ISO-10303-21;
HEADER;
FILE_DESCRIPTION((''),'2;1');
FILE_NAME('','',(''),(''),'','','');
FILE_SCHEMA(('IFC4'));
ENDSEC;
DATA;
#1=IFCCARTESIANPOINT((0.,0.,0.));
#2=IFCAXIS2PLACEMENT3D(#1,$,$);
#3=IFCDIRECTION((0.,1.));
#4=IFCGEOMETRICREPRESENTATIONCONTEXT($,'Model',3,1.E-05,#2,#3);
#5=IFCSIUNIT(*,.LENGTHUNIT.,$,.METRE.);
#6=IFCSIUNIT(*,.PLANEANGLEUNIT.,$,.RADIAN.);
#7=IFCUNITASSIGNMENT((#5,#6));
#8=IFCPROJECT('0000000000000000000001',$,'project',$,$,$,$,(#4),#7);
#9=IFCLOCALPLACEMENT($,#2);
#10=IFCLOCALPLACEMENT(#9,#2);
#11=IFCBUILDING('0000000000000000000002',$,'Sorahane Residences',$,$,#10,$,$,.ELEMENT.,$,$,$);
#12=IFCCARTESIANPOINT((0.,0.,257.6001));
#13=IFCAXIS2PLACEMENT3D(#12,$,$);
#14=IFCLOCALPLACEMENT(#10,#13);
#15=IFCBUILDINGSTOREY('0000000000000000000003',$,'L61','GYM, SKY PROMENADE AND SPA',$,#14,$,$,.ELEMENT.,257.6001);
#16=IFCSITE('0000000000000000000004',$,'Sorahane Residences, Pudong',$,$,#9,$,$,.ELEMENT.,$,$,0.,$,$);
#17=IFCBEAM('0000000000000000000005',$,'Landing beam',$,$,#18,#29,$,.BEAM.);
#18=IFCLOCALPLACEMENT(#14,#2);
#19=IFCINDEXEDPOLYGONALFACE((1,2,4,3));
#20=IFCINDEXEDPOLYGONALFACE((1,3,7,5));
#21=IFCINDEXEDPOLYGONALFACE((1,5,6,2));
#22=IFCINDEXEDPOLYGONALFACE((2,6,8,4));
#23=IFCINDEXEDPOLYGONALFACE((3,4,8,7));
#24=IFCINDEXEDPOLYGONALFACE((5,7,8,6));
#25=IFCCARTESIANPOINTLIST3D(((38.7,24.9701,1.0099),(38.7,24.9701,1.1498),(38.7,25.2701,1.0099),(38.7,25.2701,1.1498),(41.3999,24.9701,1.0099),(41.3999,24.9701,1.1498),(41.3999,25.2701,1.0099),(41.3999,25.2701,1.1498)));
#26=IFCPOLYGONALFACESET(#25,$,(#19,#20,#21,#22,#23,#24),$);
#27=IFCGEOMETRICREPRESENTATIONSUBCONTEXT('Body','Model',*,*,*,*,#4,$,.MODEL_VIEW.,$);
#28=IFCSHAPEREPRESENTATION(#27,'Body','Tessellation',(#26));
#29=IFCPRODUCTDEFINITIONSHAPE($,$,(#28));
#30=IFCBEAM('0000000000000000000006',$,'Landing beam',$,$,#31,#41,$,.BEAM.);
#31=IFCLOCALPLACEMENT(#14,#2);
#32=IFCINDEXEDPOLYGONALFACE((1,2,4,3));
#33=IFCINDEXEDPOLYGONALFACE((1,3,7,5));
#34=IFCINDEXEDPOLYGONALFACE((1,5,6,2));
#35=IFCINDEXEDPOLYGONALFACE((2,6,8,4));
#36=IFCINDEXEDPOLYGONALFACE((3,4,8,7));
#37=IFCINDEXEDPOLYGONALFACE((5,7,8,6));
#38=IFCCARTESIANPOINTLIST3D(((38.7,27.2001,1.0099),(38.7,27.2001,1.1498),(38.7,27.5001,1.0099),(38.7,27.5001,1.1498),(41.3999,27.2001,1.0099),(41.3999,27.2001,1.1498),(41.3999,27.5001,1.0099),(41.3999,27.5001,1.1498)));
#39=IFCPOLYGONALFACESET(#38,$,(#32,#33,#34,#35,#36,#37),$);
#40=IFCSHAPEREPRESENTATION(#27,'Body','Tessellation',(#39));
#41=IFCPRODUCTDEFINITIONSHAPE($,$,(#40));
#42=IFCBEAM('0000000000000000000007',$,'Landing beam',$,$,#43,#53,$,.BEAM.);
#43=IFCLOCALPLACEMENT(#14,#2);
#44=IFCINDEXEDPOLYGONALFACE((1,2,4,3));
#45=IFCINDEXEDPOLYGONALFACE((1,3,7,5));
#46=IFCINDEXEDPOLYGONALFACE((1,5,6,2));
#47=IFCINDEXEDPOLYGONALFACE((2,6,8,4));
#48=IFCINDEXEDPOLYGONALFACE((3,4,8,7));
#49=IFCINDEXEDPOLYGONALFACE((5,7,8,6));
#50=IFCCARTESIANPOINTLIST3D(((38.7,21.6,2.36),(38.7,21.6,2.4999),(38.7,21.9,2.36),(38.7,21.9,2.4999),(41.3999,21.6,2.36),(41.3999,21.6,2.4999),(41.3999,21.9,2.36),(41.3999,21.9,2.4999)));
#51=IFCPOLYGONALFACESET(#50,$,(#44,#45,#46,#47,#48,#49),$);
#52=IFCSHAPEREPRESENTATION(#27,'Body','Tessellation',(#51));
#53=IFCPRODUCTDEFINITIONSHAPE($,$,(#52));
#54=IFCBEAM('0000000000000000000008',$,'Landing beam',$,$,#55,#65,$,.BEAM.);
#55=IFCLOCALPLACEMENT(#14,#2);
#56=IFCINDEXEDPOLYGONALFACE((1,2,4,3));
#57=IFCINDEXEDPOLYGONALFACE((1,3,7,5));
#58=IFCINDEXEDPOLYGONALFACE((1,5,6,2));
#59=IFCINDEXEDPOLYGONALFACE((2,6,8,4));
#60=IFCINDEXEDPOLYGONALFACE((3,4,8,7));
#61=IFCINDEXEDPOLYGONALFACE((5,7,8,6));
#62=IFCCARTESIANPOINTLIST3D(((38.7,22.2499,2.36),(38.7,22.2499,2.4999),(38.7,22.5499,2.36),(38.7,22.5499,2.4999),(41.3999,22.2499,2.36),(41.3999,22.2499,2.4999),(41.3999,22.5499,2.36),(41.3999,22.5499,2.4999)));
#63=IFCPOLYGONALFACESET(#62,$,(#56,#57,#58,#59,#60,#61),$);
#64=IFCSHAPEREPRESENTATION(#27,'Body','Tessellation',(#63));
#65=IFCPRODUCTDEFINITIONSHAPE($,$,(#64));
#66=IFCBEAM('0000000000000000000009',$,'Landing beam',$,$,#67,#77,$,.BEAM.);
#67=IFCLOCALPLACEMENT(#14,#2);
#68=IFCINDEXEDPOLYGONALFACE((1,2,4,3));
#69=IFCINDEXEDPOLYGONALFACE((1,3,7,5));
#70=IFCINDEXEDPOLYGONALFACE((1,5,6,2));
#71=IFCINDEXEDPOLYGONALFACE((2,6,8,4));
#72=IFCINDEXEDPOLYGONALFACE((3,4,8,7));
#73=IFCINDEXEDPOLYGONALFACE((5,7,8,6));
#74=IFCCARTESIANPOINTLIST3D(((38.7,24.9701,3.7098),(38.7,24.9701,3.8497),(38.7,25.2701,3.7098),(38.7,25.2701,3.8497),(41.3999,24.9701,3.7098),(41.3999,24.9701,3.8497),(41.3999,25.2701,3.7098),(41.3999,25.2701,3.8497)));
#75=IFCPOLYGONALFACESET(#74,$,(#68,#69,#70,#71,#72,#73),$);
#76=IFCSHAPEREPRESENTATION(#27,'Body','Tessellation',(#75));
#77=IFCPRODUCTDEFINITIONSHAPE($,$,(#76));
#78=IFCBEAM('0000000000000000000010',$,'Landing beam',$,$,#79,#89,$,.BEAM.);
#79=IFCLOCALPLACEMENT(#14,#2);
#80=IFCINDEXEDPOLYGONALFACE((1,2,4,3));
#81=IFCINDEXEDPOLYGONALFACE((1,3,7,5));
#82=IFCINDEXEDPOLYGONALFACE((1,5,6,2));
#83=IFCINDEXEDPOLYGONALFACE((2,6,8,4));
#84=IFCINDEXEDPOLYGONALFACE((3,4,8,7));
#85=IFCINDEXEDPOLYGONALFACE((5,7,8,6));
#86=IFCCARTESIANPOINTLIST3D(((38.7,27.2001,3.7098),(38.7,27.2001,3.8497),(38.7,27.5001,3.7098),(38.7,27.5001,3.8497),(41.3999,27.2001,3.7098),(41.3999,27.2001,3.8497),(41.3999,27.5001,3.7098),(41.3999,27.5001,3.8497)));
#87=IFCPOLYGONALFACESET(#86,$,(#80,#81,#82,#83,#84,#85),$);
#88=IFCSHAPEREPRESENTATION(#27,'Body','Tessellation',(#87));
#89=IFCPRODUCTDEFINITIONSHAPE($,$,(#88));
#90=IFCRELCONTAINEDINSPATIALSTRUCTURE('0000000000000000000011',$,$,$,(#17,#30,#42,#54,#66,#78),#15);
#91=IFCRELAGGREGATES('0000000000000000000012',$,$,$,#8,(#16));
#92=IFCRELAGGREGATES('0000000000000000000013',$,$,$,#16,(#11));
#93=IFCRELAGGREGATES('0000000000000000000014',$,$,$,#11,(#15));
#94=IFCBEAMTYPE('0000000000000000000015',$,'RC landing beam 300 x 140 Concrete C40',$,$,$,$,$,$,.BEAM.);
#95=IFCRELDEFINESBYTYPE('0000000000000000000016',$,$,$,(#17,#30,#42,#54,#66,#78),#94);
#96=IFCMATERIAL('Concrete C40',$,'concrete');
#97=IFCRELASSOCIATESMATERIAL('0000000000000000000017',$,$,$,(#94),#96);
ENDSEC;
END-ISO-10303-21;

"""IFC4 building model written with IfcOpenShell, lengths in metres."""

from ifc_helpers import new_model, si_unit, direction, frame, origin, origin_2d, place, context, subcontext, project, spatial, rectangle, extrude, material, material_profile, profile_set, type_object, element, save


model = new_model("IFC4")

# Units and contexts
model_context = context("Model", 3, precision=1e-05, world=origin(), true_north=direction((0.0, 1.0)))
body_context = subcontext(model_context, "Body", "Model", "MODEL_VIEW")
ifc_project = project(units=[si_unit("LENGTHUNIT", "METRE"), si_unit("PLANEANGLEUNIT", "RADIAN")], contexts=[model_context])

# Site, building, storey
site_placement = place(None, origin())
site = spatial("IfcSite", under=ifc_project, at=site_placement, Name="Sorahane Residences, Pudong", CompositionType="ELEMENT", RefElevation=0.0)
building_placement = place(site_placement, origin())
building = spatial("IfcBuilding", under=site, at=building_placement, Name="Sorahane Residences", CompositionType="ELEMENT")
storey_placement = place(building_placement, frame((0.0, 0.0, 257.6001)))
storey = spatial("IfcBuildingStorey", under=building, at=storey_placement, Name="L61", Description="GYM, SKY PROMENADE AND SPA", CompositionType="ELEMENT", Elevation=257.6001)

# Beams
ifc_material_1 = material(Name="Concrete C40", Category="concrete")
ifc_material_profile = material_profile(ifc_material_1, rectangle(XDim=0.3, YDim=0.1399, at=origin_2d()), Name="300x140")
ifc_profile_set = profile_set([ifc_material_profile], Name="Concrete C40")
beam_type = type_object("IfcBeamType", Name="RC landing beam 300 x 140 Concrete C40", PredefinedType="BEAM", material=ifc_profile_set)
for number, where, z_axis, x_axis, name in (
    (1, (38.7, 25.1201, 1.0798), (1.0, 0.0, 0.0), (0.0, 1.0, 0.0), "Landing beam"),
    (2, (38.7, 27.3501, 1.0798), (1.0, 0.0, 0.0), (0.0, 1.0, 0.0), "Landing beam"),
    (3, (38.7, 21.75, 2.4299), (1.0, 0.0, 0.0), (0.0, 1.0, 0.0), "Landing beam"),
    (4, (38.7, 22.3999, 2.4299), (1.0, 0.0, 0.0), (0.0, 1.0, 0.0), "Landing beam"),
    (5, (38.7, 25.1201, 3.7798), (1.0, 0.0, 0.0), (0.0, 1.0, 0.0), "Landing beam"),
    (6, (38.7, 27.3501, 3.7798), (1.0, 0.0, 0.0), (0.0, 1.0, 0.0), "Landing beam"),
):
    element("IfcBeam", number, at=place(storey_placement, frame(where, z_axis=z_axis, x_axis=x_axis)), inside=storey, type_object=beam_type, Name=name, PredefinedType="BEAM", context=body_context, shape_type="SweptSolid", body=[
        extrude(rectangle(XDim=0.3, YDim=0.1399, at=origin_2d()), origin(), (0.0, 0.0, 1.0), 2.7),
    ])

save(model, "model.ifc")
